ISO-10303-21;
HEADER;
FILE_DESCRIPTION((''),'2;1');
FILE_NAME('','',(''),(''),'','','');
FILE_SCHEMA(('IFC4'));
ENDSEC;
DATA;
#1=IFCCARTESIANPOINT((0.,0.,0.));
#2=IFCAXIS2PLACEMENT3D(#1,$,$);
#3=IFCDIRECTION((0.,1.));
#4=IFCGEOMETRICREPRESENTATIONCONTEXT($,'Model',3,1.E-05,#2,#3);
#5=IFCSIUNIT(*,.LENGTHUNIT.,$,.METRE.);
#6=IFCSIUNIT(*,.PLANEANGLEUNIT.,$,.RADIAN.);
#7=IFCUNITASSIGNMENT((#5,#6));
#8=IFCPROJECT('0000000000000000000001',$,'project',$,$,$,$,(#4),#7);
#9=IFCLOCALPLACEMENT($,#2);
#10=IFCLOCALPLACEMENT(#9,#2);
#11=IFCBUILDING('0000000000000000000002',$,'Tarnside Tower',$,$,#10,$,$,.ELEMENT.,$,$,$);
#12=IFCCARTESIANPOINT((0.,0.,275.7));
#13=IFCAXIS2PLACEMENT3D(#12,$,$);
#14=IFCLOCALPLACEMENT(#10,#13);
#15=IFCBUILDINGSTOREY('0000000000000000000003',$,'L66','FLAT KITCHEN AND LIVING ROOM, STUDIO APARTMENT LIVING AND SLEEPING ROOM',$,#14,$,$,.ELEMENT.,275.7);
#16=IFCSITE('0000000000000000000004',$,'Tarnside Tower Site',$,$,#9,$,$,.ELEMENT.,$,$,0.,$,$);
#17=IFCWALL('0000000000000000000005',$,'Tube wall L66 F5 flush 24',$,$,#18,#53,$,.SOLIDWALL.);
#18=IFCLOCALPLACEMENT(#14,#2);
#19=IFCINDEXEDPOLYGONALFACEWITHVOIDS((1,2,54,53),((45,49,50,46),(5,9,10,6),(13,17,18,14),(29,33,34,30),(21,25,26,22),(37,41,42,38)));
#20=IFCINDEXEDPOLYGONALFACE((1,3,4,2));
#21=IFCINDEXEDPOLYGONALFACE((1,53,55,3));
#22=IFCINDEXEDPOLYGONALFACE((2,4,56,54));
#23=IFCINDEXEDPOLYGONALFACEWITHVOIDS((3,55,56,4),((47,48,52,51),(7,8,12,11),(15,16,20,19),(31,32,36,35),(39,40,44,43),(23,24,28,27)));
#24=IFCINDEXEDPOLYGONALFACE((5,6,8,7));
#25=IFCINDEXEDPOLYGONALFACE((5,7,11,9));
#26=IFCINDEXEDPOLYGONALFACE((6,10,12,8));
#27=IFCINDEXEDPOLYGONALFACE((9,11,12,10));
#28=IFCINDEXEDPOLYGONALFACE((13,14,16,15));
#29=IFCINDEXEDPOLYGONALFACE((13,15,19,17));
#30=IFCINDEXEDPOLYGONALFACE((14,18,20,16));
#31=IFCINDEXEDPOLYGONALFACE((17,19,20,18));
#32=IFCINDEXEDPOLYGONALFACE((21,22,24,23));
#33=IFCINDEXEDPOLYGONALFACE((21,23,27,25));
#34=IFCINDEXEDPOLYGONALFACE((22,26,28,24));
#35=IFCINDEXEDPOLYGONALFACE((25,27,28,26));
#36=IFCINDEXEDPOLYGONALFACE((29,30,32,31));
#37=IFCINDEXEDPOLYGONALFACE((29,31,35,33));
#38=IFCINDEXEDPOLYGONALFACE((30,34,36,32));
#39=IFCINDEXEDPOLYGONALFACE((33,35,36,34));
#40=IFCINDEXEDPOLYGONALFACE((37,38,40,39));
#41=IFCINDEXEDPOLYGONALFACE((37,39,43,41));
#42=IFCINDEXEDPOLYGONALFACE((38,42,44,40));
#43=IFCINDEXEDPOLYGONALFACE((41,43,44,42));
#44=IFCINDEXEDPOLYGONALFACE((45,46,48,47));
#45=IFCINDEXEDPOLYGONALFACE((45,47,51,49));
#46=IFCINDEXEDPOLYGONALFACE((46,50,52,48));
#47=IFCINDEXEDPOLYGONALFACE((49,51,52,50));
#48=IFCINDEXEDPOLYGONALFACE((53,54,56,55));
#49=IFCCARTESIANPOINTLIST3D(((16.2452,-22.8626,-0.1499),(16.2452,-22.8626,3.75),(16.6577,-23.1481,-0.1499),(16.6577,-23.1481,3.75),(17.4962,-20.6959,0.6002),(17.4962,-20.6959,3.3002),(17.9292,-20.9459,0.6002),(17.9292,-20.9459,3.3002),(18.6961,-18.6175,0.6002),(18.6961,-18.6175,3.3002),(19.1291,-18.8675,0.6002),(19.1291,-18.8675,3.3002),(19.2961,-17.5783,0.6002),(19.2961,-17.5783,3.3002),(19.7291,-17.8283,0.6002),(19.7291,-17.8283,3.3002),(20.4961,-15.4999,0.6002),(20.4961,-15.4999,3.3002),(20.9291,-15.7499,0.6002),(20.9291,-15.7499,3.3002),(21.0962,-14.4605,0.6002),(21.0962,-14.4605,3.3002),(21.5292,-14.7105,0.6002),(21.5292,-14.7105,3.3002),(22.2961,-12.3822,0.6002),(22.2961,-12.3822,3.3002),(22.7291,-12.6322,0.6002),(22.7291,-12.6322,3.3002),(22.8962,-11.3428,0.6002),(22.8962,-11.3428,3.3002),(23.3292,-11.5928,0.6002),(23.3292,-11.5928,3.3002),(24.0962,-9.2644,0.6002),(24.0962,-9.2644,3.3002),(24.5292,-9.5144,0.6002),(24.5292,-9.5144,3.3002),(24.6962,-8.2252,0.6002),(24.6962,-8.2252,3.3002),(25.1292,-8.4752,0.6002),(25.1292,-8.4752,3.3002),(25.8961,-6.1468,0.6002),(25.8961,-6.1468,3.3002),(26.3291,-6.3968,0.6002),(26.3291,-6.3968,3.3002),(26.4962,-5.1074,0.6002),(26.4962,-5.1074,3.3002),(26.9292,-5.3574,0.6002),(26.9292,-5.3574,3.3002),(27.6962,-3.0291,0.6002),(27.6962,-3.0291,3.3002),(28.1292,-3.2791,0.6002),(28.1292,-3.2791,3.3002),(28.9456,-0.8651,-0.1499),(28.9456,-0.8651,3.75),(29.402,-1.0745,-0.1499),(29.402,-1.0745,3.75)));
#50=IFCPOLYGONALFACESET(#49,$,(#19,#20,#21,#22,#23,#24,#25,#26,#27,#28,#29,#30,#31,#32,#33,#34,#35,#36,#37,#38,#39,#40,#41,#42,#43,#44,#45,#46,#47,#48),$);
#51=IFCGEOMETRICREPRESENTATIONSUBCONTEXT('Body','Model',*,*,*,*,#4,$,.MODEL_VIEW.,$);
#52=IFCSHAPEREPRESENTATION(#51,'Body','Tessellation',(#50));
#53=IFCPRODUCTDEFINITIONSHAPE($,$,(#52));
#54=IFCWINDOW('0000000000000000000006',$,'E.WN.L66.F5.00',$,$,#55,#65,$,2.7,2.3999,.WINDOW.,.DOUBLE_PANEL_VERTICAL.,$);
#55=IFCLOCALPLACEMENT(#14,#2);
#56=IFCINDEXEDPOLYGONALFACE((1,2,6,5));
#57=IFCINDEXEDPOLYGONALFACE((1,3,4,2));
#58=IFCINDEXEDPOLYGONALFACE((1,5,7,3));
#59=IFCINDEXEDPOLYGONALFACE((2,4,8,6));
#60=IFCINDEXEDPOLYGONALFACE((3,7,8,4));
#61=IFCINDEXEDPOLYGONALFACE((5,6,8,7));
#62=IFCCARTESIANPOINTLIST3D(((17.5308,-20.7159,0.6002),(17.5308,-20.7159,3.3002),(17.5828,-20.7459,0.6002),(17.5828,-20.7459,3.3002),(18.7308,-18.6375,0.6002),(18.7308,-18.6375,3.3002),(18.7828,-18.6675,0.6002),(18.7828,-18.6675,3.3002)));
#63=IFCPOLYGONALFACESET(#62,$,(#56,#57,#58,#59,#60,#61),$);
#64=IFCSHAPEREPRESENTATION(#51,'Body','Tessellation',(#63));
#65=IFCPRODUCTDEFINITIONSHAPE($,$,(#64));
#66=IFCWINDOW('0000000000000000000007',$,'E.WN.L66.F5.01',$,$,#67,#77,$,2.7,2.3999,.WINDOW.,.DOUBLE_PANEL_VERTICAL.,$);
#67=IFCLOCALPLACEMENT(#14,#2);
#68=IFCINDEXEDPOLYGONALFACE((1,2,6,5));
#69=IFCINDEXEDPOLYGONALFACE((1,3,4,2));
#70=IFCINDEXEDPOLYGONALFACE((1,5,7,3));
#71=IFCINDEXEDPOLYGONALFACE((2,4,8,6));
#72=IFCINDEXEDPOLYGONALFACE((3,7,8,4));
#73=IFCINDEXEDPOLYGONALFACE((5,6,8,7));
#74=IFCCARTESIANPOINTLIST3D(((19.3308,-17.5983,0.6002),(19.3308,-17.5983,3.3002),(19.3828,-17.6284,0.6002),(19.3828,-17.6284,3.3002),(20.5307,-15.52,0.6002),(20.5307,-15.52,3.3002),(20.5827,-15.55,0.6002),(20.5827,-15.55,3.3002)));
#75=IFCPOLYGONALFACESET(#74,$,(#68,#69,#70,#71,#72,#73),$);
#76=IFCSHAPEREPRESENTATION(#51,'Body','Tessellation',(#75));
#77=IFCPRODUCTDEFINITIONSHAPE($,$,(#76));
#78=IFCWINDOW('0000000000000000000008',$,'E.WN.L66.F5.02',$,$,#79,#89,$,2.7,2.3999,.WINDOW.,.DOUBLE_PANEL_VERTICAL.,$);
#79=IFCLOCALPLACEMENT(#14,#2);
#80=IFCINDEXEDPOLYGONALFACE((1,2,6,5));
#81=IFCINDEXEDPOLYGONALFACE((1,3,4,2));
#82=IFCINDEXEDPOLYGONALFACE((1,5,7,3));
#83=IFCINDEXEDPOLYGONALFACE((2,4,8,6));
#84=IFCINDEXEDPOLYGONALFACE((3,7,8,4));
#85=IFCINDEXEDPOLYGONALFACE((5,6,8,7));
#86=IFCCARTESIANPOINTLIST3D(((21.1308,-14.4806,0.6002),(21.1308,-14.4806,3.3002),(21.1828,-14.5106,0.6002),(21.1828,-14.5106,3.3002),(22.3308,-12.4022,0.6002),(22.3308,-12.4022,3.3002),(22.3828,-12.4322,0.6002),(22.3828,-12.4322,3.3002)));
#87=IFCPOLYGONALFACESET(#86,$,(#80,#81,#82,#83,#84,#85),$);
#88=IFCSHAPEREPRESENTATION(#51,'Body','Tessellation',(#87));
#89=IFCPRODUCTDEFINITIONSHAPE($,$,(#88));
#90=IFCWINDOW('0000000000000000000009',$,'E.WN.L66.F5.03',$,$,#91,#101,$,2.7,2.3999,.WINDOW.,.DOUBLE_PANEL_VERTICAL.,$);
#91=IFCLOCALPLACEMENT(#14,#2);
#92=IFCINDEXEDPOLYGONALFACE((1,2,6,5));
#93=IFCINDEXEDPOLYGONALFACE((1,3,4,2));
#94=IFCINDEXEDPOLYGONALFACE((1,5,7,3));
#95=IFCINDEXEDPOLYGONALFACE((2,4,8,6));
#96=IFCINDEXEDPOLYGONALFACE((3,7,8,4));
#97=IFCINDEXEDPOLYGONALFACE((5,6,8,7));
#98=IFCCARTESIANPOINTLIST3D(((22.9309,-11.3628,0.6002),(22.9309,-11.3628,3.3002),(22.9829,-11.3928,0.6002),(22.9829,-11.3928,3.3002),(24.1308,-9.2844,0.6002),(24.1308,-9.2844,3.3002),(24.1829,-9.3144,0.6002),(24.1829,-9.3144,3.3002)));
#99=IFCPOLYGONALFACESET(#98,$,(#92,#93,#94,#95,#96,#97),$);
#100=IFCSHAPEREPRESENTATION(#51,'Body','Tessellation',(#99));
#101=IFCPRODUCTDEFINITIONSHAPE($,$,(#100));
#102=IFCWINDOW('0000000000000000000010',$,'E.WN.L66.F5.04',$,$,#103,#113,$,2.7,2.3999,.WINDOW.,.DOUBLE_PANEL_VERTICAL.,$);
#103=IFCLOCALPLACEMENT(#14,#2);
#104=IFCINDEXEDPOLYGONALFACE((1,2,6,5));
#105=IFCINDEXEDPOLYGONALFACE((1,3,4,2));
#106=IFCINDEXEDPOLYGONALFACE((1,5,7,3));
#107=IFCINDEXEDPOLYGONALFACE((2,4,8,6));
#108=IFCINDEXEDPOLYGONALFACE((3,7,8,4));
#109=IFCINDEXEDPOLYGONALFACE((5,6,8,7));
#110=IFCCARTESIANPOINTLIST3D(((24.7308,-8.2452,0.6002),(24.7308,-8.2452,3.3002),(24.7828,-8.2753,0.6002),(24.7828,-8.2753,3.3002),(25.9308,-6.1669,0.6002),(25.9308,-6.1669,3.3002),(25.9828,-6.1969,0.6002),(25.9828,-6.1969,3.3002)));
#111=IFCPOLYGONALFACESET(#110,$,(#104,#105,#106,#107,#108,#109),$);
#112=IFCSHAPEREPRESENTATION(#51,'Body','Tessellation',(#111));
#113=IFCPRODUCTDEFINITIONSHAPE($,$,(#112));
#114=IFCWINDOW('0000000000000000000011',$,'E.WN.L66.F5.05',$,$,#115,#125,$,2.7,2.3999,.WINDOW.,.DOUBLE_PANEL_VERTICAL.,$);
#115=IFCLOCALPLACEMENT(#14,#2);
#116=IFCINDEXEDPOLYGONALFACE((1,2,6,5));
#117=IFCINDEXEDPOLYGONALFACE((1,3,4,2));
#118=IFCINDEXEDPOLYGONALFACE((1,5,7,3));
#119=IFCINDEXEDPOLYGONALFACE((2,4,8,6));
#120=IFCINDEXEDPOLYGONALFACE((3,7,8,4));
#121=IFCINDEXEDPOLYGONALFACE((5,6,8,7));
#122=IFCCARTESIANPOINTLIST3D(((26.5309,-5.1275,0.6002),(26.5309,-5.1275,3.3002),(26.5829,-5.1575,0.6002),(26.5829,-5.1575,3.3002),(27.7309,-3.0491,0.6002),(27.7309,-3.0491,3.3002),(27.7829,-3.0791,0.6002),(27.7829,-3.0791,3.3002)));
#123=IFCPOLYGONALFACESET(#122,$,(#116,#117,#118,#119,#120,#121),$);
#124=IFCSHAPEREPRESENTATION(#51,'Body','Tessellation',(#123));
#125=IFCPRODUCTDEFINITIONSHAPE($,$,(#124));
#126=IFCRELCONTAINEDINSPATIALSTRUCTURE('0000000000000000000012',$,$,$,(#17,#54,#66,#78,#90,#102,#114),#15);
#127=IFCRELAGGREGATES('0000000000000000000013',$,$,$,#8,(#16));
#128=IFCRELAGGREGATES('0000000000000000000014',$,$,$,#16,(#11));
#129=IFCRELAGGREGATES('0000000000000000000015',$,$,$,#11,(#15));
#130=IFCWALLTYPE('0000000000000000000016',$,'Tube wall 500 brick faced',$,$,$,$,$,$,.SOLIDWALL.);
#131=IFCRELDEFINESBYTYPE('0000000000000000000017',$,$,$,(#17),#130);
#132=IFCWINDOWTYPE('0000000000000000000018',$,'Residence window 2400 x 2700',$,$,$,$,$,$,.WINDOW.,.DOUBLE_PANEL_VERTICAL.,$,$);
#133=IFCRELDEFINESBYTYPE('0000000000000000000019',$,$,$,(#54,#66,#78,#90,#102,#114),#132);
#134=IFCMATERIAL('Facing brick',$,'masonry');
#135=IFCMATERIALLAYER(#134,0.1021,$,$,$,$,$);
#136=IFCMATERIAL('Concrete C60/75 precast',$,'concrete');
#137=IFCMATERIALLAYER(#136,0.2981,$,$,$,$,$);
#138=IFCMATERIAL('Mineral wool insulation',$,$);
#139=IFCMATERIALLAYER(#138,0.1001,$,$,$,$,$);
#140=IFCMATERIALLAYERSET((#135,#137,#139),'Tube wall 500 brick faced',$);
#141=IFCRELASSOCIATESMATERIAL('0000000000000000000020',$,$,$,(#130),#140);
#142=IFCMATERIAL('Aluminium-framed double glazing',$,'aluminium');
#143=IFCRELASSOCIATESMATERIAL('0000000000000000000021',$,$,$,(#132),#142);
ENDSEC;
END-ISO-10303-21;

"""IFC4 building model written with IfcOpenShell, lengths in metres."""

from ifc_helpers import new_model, si_unit, direction, frame, frame_2d, origin, place, context, subcontext, project, spatial, polyline, rectangle, outline, extrude, material, layer, layer_set, type_object, element, fill, save


model = new_model("IFC4")

# Units and contexts
model_context = context("Model", 3, precision=1e-05, world=origin(), true_north=direction((0.0, 1.0)))
body_context = subcontext(model_context, "Body", "Model", "MODEL_VIEW")
ifc_project = project(units=[si_unit("LENGTHUNIT", "METRE"), si_unit("PLANEANGLEUNIT", "RADIAN")], contexts=[model_context])

# Site, building, storey
site_placement = place(None, origin())
site = spatial("IfcSite", under=ifc_project, at=site_placement, Name="Tarnside Tower Site", CompositionType="ELEMENT", RefElevation=0.0)
building_placement = place(site_placement, origin())
building = spatial("IfcBuilding", under=site, at=building_placement, Name="Tarnside Tower", CompositionType="ELEMENT")
storey_placement = place(building_placement, frame((0.0, 0.0, 275.7)))
storey = spatial("IfcBuildingStorey", under=building, at=storey_placement, Name="L66", Description="FLAT KITCHEN AND LIVING ROOM, STUDIO APARTMENT LIVING AND SLEEPING ROOM", CompositionType="ELEMENT", Elevation=275.7)

# Shared definitions
ifc_material_1 = material(Name="Facing brick", Category="masonry")
ifc_layer_1 = layer(ifc_material_1, 0.1021)
ifc_material_2 = material(Name="Concrete C60/75 precast", Category="concrete")
ifc_layer_2 = layer(ifc_material_2, 0.2981)
ifc_material_3 = material(Name="Mineral wool insulation")
ifc_layer_3 = layer(ifc_material_3, 0.1001)
ifc_layer_set_1 = layer_set([ifc_layer_1, ifc_layer_2, ifc_layer_3], Name="Tube wall 500 brick faced")
wall_type_1 = type_object("IfcWallType", Name="Tube wall 500 brick faced", PredefinedType="SOLIDWALL", material=ifc_layer_set_1)

# Wall, openings, windows
wall_1_placement = place(storey_placement, frame((16.4514, -23.0054, -0.1499), z_axis=(0.0, 0.0, 1.0), x_axis=(0.500004, 0.866023, 0.0)))
wall_1 = element("IfcWall", 1, at=wall_1_placement, inside=storey, type_object=wall_type_1, Name="Tube wall L66 F5 flush 24", PredefinedType="SOLIDWALL", context=body_context, shape_type="SweptSolid", body=[
    extrude(outline(polyline([(-0.0205, -0.25), (25.468, -0.25), (25.4211, 0.25), (0.0205, 0.25), (-0.0205, -0.25)])), origin(), (0.0, 0.0, 1.0), 3.8999),
])
opening_1_placement = place(wall_1_placement, frame((2.5225, 0.0, 0.75)))
opening_1 = element("IfcOpeningElement", 2, at=opening_1_placement, cuts=wall_1, PredefinedType="OPENING", context=body_context, shape_type="SweptSolid", body=[
    extrude(rectangle(XDim=2.3999, YDim=2.7, at=frame_2d((1.2, 1.3501))), frame((0.0, 0.26, 0.0), z_axis=(0.0, -1.0, 0.0), x_axis=(1.0, 0.0, 0.0)), (0.0, 0.0, 1.0), 0.52),
])
opening_2_placement = place(wall_1_placement, frame((6.1223, 0.0, 0.75)))
opening_2 = element("IfcOpeningElement", 3, at=opening_2_placement, cuts=wall_1, PredefinedType="OPENING", context=body_context, shape_type="SweptSolid", body=[
    extrude(rectangle(XDim=2.3999, YDim=2.7, at=frame_2d((1.2, 1.3501))), frame((0.0, 0.26, 0.0), z_axis=(0.0, -1.0, 0.0), x_axis=(1.0, 0.0, 0.0)), (0.0, 0.0, 1.0), 0.52),
])
opening_3_placement = place(wall_1_placement, frame((9.7224, 0.0, 0.75)))
opening_3 = element("IfcOpeningElement", 4, at=opening_3_placement, cuts=wall_1, PredefinedType="OPENING", context=body_context, shape_type="SweptSolid", body=[
    extrude(rectangle(XDim=2.3999, YDim=2.7, at=frame_2d((1.2, 1.3501))), frame((0.0, 0.26, 0.0), z_axis=(0.0, -1.0, 0.0), x_axis=(1.0, 0.0, 0.0)), (0.0, 0.0, 1.0), 0.52),
])
opening_4_placement = place(wall_1_placement, frame((13.3225, 0.0, 0.75)))
opening_4 = element("IfcOpeningElement", 5, at=opening_4_placement, cuts=wall_1, PredefinedType="OPENING", context=body_context, shape_type="SweptSolid", body=[
    extrude(rectangle(XDim=2.3999, YDim=2.7, at=frame_2d((1.2, 1.3501))), frame((0.0, 0.26, 0.0), z_axis=(0.0, -1.0, 0.0), x_axis=(1.0, 0.0, 0.0)), (0.0, 0.0, 1.0), 0.52),
])
opening_5_placement = place(wall_1_placement, frame((16.9224, 0.0, 0.75)))
opening_5 = element("IfcOpeningElement", 6, at=opening_5_placement, cuts=wall_1, PredefinedType="OPENING", context=body_context, shape_type="SweptSolid", body=[
    extrude(rectangle(XDim=2.3999, YDim=2.7, at=frame_2d((1.2, 1.3501))), frame((0.0, 0.26, 0.0), z_axis=(0.0, -1.0, 0.0), x_axis=(1.0, 0.0, 0.0)), (0.0, 0.0, 1.0), 0.52),
])
opening_6_placement = place(wall_1_placement, frame((20.5225, 0.0, 0.75)))
opening_6 = element("IfcOpeningElement", 7, at=opening_6_placement, cuts=wall_1, PredefinedType="OPENING", context=body_context, shape_type="SweptSolid", body=[
    extrude(rectangle(XDim=2.3999, YDim=2.7, at=frame_2d((1.2, 1.3501))), frame((0.0, 0.26, 0.0), z_axis=(0.0, -1.0, 0.0), x_axis=(1.0, 0.0, 0.0)), (0.0, 0.0, 1.0), 0.52),
])
ifc_material_4 = material(Name="Aluminium-framed double glazing", Category="aluminium")
window_type = type_object("IfcWindowType", Name="Residence window 2400 x 2700", PartitioningType="DOUBLE_PANEL_VERTICAL", PredefinedType="WINDOW", material=ifc_material_4)
window_1_placement = place(opening_1_placement, frame((0.0, 0.1799, 0.0)))
window_1 = element("IfcWindow", 8, at=window_1_placement, inside=storey, type_object=window_type, Name="E.WN.L66.F5.00", OverallHeight=2.7, OverallWidth=2.3999, PartitioningType="DOUBLE_PANEL_VERTICAL", PredefinedType="WINDOW", context=body_context, shape_type="SweptSolid", body=[
    extrude(rectangle(XDim=2.3999, YDim=2.7, at=frame_2d((1.2, 1.3501))), frame((0.0, 0.03, 0.0), z_axis=(0.0, -1.0, 0.0), x_axis=(1.0, 0.0, 0.0)), (0.0, 0.0, 1.0), 0.0601),
])
fill(opening_1, window_1)
window_2_placement = place(opening_2_placement, frame((0.0, 0.1799, 0.0)))
window_2 = element("IfcWindow", 9, at=window_2_placement, inside=storey, type_object=window_type, Name="E.WN.L66.F5.01", OverallHeight=2.7, OverallWidth=2.3999, PartitioningType="DOUBLE_PANEL_VERTICAL", PredefinedType="WINDOW", context=body_context, shape_type="SweptSolid", body=[
    extrude(rectangle(XDim=2.3999, YDim=2.7, at=frame_2d((1.2, 1.3501))), frame((0.0, 0.03, 0.0), z_axis=(0.0, -1.0, 0.0), x_axis=(1.0, 0.0, 0.0)), (0.0, 0.0, 1.0), 0.0601),
])
fill(opening_2, window_2)
window_3_placement = place(opening_3_placement, frame((0.0, 0.1799, 0.0)))
window_3 = element("IfcWindow", 10, at=window_3_placement, inside=storey, type_object=window_type, Name="E.WN.L66.F5.02", OverallHeight=2.7, OverallWidth=2.3999, PartitioningType="DOUBLE_PANEL_VERTICAL", PredefinedType="WINDOW", context=body_context, shape_type="SweptSolid", body=[
    extrude(rectangle(XDim=2.3999, YDim=2.7, at=frame_2d((1.2, 1.3501))), frame((0.0, 0.03, 0.0), z_axis=(0.0, -1.0, 0.0), x_axis=(1.0, 0.0, 0.0)), (0.0, 0.0, 1.0), 0.0601),
])
fill(opening_3, window_3)
window_4_placement = place(opening_4_placement, frame((0.0, 0.1799, 0.0)))
window_4 = element("IfcWindow", 11, at=window_4_placement, inside=storey, type_object=window_type, Name="E.WN.L66.F5.03", OverallHeight=2.7, OverallWidth=2.3999, PartitioningType="DOUBLE_PANEL_VERTICAL", PredefinedType="WINDOW", context=body_context, shape_type="SweptSolid", body=[
    extrude(rectangle(XDim=2.3999, YDim=2.7, at=frame_2d((1.2, 1.3501))), frame((0.0, 0.03, 0.0), z_axis=(0.0, -1.0, 0.0), x_axis=(1.0, 0.0, 0.0)), (0.0, 0.0, 1.0), 0.0601),
])
fill(opening_4, window_4)
window_5_placement = place(opening_5_placement, frame((0.0, 0.1799, 0.0)))
window_5 = element("IfcWindow", 12, at=window_5_placement, inside=storey, type_object=window_type, Name="E.WN.L66.F5.04", OverallHeight=2.7, OverallWidth=2.3999, PartitioningType="DOUBLE_PANEL_VERTICAL", PredefinedType="WINDOW", context=body_context, shape_type="SweptSolid", body=[
    extrude(rectangle(XDim=2.3999, YDim=2.7, at=frame_2d((1.2, 1.3501))), frame((0.0, 0.03, 0.0), z_axis=(0.0, -1.0, 0.0), x_axis=(1.0, 0.0, 0.0)), (0.0, 0.0, 1.0), 0.0601),
])
fill(opening_5, window_5)
window_6_placement = place(opening_6_placement, frame((0.0, 0.1799, 0.0)))
window_6 = element("IfcWindow", 13, at=window_6_placement, inside=storey, type_object=window_type, Name="E.WN.L66.F5.05", OverallHeight=2.7, OverallWidth=2.3999, PartitioningType="DOUBLE_PANEL_VERTICAL", PredefinedType="WINDOW", context=body_context, shape_type="SweptSolid", body=[
    extrude(rectangle(XDim=2.3999, YDim=2.7, at=frame_2d((1.2, 1.3501))), frame((0.0, 0.03, 0.0), z_axis=(0.0, -1.0, 0.0), x_axis=(1.0, 0.0, 0.0)), (0.0, 0.0, 1.0), 0.0601),
])
fill(opening_6, window_6)

save(model, "model.ifc")
